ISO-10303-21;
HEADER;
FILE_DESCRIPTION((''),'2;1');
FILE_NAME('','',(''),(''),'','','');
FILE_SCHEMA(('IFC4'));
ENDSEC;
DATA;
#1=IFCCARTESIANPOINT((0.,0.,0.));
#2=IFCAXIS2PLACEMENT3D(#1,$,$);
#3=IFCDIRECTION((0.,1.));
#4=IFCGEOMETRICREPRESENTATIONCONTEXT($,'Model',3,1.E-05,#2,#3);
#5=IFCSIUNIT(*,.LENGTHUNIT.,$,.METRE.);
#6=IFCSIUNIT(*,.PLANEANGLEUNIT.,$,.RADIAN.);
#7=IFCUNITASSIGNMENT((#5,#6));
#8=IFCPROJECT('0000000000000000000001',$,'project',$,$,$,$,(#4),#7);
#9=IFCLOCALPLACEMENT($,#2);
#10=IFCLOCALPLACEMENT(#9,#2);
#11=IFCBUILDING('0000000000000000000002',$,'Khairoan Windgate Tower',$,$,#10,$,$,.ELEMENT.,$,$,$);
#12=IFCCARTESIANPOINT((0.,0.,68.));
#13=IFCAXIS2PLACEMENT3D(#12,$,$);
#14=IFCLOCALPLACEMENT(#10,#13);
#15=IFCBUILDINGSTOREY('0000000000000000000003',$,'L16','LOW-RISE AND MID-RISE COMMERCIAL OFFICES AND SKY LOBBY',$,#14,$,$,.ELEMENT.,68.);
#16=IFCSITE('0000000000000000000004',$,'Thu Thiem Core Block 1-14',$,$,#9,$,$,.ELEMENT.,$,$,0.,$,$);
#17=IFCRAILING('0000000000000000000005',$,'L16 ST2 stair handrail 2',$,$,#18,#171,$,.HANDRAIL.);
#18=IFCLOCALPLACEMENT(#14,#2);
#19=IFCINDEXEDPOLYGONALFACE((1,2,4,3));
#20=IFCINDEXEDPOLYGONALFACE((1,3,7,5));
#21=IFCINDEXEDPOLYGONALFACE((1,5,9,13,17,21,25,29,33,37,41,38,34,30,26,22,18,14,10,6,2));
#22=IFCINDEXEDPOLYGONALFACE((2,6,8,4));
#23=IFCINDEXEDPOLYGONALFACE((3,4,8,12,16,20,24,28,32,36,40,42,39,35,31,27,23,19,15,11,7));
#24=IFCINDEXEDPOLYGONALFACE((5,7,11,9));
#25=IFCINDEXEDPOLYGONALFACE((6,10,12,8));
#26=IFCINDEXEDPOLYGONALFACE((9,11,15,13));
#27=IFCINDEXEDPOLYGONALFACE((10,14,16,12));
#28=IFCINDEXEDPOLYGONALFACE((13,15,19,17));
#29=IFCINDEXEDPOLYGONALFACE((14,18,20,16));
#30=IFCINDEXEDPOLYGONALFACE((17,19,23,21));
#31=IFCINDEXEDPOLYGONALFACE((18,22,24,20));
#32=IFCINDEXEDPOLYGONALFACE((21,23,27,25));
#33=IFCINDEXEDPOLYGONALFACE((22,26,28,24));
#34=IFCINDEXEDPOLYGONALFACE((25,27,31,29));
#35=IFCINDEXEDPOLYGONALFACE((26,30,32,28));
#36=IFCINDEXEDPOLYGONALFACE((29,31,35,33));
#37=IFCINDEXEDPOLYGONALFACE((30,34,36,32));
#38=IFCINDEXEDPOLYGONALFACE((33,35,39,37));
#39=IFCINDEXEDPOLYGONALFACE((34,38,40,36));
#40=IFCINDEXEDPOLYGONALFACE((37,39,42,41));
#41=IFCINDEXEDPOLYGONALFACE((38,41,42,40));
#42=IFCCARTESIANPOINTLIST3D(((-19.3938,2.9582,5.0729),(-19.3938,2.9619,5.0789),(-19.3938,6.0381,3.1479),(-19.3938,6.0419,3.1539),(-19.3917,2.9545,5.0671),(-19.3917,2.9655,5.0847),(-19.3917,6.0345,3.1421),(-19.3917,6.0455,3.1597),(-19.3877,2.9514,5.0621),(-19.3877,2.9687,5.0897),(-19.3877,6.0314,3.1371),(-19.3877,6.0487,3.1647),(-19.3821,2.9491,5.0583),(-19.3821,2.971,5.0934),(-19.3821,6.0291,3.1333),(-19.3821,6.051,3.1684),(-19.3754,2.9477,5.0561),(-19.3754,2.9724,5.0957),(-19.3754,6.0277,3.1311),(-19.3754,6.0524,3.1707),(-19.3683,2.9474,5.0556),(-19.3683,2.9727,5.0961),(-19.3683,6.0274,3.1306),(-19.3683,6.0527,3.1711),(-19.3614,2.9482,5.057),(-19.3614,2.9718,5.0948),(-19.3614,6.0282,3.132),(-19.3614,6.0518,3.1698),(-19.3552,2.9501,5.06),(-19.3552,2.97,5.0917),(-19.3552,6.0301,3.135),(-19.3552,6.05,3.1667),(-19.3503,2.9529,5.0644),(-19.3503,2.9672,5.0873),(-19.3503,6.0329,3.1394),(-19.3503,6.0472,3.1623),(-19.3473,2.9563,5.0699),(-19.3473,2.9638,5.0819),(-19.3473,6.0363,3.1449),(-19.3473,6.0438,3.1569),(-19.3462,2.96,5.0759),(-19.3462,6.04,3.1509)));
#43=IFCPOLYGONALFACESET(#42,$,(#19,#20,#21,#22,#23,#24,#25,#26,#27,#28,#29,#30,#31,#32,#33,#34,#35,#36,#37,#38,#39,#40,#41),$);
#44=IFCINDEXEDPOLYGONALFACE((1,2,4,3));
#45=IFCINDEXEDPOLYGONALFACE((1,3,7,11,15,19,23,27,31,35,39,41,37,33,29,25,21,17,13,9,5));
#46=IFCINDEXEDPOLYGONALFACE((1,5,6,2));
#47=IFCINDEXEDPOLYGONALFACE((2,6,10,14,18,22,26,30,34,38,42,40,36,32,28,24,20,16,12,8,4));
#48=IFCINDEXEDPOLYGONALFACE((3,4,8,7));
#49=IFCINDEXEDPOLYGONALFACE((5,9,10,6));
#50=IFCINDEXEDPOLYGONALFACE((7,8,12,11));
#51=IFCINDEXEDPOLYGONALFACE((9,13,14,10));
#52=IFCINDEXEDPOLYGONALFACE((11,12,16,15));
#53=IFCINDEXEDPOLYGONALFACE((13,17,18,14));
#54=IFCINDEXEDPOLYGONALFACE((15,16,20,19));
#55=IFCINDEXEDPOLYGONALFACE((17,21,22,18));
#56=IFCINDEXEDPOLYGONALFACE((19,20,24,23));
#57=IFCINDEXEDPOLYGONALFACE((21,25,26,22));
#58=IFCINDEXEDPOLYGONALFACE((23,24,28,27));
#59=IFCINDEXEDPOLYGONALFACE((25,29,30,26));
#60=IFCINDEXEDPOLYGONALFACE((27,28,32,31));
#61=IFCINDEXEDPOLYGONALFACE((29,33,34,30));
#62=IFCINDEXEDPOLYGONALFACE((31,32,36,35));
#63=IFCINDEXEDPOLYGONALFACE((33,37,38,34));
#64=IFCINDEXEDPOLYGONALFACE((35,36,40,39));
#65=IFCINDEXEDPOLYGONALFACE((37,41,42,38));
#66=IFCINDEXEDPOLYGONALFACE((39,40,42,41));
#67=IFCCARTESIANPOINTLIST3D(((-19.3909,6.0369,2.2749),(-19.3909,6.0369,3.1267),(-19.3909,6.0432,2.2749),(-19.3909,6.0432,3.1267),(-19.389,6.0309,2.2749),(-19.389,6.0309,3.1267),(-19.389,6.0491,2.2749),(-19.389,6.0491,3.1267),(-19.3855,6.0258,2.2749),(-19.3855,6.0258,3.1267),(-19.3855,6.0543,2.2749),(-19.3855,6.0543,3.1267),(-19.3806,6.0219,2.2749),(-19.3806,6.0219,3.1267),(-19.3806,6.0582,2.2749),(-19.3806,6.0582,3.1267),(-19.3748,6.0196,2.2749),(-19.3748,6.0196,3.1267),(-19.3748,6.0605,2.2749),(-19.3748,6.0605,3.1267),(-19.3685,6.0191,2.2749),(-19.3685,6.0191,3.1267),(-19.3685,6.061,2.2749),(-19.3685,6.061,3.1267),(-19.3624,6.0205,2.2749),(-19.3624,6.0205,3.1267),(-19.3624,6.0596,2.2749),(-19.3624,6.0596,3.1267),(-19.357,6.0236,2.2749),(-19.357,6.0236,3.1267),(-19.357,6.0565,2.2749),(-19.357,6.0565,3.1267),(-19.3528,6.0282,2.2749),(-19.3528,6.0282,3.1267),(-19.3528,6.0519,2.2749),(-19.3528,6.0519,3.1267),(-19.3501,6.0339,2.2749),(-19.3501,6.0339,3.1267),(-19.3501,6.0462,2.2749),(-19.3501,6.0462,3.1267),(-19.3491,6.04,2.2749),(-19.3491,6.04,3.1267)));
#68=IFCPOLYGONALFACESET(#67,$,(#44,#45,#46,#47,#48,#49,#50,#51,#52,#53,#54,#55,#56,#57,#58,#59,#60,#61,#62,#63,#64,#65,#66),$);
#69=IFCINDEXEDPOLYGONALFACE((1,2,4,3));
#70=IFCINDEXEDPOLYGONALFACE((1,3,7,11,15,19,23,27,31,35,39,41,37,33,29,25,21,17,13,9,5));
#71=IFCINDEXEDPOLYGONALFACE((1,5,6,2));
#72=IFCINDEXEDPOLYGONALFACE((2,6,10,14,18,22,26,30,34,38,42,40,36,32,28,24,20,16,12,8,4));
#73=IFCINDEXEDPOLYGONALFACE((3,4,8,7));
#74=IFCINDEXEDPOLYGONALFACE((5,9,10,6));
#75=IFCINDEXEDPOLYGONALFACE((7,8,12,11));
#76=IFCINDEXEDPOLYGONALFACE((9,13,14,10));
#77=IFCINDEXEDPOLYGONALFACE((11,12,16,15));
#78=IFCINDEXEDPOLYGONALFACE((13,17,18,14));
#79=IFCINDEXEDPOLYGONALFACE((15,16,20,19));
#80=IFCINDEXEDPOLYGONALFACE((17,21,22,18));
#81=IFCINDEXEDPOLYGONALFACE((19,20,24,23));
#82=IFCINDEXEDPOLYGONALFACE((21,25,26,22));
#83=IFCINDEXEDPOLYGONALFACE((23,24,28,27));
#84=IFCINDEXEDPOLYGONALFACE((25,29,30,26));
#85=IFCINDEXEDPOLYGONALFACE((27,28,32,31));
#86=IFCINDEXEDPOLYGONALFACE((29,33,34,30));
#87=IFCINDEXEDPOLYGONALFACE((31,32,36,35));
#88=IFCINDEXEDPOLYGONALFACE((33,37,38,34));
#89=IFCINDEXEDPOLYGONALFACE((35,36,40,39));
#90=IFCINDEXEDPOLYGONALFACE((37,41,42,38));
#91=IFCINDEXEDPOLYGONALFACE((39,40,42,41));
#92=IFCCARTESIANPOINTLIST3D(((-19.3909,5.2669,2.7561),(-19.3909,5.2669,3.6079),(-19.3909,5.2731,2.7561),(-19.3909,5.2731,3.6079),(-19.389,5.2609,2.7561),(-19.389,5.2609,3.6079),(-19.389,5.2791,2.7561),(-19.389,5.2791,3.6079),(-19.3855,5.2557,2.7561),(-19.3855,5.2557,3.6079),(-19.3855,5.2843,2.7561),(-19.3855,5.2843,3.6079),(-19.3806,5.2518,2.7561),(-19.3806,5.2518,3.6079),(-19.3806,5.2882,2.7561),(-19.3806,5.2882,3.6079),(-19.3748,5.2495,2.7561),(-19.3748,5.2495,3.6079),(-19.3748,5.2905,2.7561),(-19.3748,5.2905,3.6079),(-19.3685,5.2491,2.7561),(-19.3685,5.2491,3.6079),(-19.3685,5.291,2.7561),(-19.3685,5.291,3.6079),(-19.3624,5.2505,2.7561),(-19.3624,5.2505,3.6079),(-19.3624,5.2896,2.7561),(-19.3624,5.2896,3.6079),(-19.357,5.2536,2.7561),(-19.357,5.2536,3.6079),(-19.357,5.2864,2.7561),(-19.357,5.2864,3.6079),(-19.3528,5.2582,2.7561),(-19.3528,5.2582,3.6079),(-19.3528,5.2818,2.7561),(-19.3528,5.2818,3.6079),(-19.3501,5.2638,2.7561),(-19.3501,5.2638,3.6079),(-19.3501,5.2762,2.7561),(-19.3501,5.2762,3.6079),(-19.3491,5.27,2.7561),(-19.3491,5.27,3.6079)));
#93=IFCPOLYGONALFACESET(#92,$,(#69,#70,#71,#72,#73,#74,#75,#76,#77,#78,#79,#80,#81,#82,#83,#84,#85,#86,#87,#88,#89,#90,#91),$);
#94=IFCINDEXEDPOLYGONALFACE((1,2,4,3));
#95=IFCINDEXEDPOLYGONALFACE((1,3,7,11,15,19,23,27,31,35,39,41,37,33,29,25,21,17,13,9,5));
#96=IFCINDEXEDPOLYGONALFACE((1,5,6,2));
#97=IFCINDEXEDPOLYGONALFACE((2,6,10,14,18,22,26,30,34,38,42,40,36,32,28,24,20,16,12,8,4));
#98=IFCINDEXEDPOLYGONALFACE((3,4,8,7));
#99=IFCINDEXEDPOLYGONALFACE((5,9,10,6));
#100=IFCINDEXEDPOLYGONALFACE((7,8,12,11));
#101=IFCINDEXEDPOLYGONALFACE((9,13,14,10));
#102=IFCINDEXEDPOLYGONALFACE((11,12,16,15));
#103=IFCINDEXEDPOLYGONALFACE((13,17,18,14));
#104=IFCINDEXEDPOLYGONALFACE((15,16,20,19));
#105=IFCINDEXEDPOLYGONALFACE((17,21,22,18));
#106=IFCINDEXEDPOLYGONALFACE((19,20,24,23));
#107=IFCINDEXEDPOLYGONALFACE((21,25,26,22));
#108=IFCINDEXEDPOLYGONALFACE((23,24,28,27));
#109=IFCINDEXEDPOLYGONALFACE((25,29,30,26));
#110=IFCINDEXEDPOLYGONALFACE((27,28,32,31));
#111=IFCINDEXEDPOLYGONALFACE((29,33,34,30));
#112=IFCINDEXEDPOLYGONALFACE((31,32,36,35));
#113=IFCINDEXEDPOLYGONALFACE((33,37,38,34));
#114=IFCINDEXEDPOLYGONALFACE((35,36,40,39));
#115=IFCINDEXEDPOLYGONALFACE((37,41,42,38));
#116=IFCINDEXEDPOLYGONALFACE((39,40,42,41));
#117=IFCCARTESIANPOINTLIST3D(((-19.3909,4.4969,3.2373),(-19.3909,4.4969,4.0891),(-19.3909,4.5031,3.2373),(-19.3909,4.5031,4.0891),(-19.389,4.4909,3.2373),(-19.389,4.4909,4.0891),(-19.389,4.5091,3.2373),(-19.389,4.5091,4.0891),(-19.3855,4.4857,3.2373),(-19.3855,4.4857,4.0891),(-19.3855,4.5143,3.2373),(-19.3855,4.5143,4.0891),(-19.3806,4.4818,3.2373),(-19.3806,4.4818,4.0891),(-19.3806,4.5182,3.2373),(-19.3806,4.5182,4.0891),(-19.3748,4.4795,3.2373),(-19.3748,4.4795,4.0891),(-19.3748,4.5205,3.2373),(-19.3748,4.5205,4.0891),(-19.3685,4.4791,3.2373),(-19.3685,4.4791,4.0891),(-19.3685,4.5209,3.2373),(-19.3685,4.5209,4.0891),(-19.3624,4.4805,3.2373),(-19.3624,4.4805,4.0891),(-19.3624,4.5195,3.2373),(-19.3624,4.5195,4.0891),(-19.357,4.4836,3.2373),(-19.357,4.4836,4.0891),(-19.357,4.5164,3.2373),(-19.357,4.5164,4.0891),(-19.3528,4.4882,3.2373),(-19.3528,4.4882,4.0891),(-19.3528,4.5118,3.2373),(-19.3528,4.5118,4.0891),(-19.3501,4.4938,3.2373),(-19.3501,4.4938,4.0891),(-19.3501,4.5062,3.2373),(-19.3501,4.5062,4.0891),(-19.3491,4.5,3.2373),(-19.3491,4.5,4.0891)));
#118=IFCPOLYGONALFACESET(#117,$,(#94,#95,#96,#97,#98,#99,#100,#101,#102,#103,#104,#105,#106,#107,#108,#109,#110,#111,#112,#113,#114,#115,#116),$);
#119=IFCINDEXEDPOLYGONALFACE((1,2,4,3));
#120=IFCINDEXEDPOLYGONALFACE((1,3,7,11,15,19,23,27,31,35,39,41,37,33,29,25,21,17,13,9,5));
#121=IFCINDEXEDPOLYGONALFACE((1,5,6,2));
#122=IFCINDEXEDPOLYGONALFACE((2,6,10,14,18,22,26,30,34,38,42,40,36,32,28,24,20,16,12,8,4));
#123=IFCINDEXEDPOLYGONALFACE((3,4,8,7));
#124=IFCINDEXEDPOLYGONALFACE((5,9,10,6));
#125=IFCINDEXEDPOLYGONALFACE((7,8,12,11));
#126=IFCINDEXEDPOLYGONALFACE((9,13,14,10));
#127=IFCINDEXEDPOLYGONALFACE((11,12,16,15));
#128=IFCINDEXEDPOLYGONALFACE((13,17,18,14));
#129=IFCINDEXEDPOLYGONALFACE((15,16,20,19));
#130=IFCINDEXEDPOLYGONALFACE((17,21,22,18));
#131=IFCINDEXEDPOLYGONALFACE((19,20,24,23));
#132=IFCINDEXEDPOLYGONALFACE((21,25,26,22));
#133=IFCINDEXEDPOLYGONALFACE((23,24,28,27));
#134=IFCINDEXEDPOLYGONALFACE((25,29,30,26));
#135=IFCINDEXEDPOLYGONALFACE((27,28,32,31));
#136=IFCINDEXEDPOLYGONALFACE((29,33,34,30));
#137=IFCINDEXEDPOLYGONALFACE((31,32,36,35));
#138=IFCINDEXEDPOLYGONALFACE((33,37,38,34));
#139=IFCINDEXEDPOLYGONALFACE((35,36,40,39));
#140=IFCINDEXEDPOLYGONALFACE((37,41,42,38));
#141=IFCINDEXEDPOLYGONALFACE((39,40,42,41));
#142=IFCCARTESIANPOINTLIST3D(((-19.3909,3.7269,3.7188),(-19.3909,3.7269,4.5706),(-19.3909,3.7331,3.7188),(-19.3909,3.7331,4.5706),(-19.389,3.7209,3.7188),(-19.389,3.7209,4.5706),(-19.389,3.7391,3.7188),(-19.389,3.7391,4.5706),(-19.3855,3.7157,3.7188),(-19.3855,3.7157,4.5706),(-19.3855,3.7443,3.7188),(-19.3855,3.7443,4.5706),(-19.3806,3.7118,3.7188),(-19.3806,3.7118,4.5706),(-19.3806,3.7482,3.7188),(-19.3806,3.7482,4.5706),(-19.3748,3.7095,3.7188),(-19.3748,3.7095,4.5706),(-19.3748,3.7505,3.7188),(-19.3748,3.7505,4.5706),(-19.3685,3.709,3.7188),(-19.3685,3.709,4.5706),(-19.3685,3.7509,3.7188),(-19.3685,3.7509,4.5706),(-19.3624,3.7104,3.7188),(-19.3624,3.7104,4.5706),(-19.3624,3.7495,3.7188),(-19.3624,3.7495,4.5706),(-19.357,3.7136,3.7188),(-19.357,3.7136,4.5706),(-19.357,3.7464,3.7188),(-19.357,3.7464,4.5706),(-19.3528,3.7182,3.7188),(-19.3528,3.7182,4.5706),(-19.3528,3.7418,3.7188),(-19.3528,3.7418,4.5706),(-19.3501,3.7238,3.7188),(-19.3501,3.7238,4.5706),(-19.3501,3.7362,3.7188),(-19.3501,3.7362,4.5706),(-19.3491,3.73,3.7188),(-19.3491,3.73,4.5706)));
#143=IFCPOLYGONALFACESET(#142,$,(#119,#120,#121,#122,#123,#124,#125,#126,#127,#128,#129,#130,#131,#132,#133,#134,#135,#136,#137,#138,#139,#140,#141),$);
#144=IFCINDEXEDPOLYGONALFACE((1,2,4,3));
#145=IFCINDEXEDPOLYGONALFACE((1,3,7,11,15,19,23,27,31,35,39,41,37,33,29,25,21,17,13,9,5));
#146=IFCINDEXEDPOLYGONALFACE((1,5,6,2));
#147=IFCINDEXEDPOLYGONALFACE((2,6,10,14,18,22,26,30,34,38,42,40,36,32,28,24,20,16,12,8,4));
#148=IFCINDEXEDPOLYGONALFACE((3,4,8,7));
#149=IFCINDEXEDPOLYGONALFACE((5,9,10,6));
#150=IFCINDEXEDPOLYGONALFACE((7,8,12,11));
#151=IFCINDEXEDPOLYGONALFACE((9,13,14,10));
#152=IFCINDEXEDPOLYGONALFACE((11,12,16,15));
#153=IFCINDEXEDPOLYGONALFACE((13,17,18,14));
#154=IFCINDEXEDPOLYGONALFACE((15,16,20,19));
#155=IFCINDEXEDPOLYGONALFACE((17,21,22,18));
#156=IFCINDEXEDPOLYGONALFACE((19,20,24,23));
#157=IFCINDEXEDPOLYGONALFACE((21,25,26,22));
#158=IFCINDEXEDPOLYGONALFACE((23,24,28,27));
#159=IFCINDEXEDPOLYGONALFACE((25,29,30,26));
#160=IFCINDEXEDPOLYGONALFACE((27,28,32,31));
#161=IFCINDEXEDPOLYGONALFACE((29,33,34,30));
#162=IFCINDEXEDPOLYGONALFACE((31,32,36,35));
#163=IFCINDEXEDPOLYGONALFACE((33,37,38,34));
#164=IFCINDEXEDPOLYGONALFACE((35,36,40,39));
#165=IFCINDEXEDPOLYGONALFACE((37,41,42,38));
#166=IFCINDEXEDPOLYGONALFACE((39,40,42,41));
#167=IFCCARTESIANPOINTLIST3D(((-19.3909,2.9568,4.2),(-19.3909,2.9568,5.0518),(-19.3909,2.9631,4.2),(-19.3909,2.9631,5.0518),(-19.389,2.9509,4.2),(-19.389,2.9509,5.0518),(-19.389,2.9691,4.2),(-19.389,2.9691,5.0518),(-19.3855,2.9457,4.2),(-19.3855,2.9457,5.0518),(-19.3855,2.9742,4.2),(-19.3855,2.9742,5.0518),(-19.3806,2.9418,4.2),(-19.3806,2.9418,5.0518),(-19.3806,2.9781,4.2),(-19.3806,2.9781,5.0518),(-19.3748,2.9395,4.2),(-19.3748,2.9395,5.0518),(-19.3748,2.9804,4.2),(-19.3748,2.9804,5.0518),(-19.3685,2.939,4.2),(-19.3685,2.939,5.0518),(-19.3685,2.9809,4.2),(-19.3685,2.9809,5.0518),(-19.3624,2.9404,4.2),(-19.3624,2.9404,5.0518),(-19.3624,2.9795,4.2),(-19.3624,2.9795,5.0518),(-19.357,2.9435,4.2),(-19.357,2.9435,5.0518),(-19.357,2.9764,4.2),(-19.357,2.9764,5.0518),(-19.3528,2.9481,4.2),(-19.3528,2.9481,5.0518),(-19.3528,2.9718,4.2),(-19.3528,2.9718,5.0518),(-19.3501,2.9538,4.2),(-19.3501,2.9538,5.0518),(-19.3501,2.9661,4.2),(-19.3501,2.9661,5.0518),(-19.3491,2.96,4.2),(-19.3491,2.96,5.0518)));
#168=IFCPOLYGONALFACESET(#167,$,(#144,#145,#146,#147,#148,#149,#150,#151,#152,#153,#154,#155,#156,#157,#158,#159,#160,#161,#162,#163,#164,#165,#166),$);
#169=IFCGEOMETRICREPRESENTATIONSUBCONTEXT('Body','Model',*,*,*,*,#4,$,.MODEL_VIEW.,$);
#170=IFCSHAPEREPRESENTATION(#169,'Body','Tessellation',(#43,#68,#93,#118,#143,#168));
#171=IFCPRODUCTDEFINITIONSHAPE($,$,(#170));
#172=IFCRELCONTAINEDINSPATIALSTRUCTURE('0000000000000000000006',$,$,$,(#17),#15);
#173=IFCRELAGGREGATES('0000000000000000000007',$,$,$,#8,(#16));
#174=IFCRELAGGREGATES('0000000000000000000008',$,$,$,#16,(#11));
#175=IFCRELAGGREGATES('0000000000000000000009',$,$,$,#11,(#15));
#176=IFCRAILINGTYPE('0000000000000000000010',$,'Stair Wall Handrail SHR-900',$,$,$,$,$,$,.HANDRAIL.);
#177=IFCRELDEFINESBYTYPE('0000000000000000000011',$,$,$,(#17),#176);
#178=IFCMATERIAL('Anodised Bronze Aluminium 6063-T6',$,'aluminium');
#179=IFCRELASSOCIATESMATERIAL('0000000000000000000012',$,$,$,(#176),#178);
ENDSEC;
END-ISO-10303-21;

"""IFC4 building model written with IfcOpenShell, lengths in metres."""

from ifc_helpers import new_model, si_unit, direction, frame, origin, origin_2d, place, context, subcontext, project, spatial, circle, extrude, material, type_object, element, save


model = new_model("IFC4")

# Units and contexts
model_context = context("Model", 3, precision=1e-05, world=origin(), true_north=direction((0.0, 1.0)))
body_context = subcontext(model_context, "Body", "Model", "MODEL_VIEW")
ifc_project = project(units=[si_unit("LENGTHUNIT", "METRE"), si_unit("PLANEANGLEUNIT", "RADIAN")], contexts=[model_context])

# Site, building, storey
site_placement = place(None, origin())
site = spatial("IfcSite", under=ifc_project, at=site_placement, Name="Thu Thiem Core Block 1-14", CompositionType="ELEMENT", RefElevation=0.0)
building_placement = place(site_placement, origin())
building = spatial("IfcBuilding", under=site, at=building_placement, Name="Khairoan Windgate Tower", CompositionType="ELEMENT")
storey_placement = place(building_placement, frame((0.0, 0.0, 68.0)))
storey = spatial("IfcBuildingStorey", under=building, at=storey_placement, Name="L16", Description="LOW-RISE AND MID-RISE COMMERCIAL OFFICES AND SKY LOBBY", CompositionType="ELEMENT", Elevation=68.0)

# Railing
ifc_material_1 = material(Name="Anodised Bronze Aluminium 6063-T6", Category="aluminium")
railing_type_1 = type_object("IfcRailingType", Name="Stair Wall Handrail SHR-900", PredefinedType="HANDRAIL", material=ifc_material_1)
railing_1_placement = place(storey_placement, frame((-19.3701, 6.04, 2.2749)))
element("IfcRailing", 1, at=railing_1_placement, inside=storey, type_object=railing_type_1, Name="L16 ST2 stair handrail 2", PredefinedType="HANDRAIL", context=body_context, shape_type="SweptSolid", body=[
    extrude(circle(Radius=0.0239, at=origin_2d()), frame((0.0, 0.0, 0.876), z_axis=(0.0, -0.847998, 0.529999), x_axis=(1.0, 0.0, 0.0)), (0.0, 0.0, 1.0), 3.6321),
    extrude(circle(Radius=0.021, at=origin_2d()), origin(), (0.0, 0.0, 1.0), 0.8518),
    extrude(circle(Radius=0.021, at=origin_2d()), frame((0.0, -0.77, 0.4812)), (0.0, 0.0, 1.0), 0.8518),
    extrude(circle(Radius=0.021, at=origin_2d()), frame((0.0, -1.54, 0.9624)), (0.0, 0.0, 1.0), 0.8518),
    extrude(circle(Radius=0.021, at=origin_2d()), frame((0.0, -2.3101, 1.4438)), (0.0, 0.0, 1.0), 0.8518),
    extrude(circle(Radius=0.021, at=origin_2d()), frame((0.0, -3.0801, 1.925)), (0.0, 0.0, 1.0), 0.8518),
])

save(model, "model.ifc")
